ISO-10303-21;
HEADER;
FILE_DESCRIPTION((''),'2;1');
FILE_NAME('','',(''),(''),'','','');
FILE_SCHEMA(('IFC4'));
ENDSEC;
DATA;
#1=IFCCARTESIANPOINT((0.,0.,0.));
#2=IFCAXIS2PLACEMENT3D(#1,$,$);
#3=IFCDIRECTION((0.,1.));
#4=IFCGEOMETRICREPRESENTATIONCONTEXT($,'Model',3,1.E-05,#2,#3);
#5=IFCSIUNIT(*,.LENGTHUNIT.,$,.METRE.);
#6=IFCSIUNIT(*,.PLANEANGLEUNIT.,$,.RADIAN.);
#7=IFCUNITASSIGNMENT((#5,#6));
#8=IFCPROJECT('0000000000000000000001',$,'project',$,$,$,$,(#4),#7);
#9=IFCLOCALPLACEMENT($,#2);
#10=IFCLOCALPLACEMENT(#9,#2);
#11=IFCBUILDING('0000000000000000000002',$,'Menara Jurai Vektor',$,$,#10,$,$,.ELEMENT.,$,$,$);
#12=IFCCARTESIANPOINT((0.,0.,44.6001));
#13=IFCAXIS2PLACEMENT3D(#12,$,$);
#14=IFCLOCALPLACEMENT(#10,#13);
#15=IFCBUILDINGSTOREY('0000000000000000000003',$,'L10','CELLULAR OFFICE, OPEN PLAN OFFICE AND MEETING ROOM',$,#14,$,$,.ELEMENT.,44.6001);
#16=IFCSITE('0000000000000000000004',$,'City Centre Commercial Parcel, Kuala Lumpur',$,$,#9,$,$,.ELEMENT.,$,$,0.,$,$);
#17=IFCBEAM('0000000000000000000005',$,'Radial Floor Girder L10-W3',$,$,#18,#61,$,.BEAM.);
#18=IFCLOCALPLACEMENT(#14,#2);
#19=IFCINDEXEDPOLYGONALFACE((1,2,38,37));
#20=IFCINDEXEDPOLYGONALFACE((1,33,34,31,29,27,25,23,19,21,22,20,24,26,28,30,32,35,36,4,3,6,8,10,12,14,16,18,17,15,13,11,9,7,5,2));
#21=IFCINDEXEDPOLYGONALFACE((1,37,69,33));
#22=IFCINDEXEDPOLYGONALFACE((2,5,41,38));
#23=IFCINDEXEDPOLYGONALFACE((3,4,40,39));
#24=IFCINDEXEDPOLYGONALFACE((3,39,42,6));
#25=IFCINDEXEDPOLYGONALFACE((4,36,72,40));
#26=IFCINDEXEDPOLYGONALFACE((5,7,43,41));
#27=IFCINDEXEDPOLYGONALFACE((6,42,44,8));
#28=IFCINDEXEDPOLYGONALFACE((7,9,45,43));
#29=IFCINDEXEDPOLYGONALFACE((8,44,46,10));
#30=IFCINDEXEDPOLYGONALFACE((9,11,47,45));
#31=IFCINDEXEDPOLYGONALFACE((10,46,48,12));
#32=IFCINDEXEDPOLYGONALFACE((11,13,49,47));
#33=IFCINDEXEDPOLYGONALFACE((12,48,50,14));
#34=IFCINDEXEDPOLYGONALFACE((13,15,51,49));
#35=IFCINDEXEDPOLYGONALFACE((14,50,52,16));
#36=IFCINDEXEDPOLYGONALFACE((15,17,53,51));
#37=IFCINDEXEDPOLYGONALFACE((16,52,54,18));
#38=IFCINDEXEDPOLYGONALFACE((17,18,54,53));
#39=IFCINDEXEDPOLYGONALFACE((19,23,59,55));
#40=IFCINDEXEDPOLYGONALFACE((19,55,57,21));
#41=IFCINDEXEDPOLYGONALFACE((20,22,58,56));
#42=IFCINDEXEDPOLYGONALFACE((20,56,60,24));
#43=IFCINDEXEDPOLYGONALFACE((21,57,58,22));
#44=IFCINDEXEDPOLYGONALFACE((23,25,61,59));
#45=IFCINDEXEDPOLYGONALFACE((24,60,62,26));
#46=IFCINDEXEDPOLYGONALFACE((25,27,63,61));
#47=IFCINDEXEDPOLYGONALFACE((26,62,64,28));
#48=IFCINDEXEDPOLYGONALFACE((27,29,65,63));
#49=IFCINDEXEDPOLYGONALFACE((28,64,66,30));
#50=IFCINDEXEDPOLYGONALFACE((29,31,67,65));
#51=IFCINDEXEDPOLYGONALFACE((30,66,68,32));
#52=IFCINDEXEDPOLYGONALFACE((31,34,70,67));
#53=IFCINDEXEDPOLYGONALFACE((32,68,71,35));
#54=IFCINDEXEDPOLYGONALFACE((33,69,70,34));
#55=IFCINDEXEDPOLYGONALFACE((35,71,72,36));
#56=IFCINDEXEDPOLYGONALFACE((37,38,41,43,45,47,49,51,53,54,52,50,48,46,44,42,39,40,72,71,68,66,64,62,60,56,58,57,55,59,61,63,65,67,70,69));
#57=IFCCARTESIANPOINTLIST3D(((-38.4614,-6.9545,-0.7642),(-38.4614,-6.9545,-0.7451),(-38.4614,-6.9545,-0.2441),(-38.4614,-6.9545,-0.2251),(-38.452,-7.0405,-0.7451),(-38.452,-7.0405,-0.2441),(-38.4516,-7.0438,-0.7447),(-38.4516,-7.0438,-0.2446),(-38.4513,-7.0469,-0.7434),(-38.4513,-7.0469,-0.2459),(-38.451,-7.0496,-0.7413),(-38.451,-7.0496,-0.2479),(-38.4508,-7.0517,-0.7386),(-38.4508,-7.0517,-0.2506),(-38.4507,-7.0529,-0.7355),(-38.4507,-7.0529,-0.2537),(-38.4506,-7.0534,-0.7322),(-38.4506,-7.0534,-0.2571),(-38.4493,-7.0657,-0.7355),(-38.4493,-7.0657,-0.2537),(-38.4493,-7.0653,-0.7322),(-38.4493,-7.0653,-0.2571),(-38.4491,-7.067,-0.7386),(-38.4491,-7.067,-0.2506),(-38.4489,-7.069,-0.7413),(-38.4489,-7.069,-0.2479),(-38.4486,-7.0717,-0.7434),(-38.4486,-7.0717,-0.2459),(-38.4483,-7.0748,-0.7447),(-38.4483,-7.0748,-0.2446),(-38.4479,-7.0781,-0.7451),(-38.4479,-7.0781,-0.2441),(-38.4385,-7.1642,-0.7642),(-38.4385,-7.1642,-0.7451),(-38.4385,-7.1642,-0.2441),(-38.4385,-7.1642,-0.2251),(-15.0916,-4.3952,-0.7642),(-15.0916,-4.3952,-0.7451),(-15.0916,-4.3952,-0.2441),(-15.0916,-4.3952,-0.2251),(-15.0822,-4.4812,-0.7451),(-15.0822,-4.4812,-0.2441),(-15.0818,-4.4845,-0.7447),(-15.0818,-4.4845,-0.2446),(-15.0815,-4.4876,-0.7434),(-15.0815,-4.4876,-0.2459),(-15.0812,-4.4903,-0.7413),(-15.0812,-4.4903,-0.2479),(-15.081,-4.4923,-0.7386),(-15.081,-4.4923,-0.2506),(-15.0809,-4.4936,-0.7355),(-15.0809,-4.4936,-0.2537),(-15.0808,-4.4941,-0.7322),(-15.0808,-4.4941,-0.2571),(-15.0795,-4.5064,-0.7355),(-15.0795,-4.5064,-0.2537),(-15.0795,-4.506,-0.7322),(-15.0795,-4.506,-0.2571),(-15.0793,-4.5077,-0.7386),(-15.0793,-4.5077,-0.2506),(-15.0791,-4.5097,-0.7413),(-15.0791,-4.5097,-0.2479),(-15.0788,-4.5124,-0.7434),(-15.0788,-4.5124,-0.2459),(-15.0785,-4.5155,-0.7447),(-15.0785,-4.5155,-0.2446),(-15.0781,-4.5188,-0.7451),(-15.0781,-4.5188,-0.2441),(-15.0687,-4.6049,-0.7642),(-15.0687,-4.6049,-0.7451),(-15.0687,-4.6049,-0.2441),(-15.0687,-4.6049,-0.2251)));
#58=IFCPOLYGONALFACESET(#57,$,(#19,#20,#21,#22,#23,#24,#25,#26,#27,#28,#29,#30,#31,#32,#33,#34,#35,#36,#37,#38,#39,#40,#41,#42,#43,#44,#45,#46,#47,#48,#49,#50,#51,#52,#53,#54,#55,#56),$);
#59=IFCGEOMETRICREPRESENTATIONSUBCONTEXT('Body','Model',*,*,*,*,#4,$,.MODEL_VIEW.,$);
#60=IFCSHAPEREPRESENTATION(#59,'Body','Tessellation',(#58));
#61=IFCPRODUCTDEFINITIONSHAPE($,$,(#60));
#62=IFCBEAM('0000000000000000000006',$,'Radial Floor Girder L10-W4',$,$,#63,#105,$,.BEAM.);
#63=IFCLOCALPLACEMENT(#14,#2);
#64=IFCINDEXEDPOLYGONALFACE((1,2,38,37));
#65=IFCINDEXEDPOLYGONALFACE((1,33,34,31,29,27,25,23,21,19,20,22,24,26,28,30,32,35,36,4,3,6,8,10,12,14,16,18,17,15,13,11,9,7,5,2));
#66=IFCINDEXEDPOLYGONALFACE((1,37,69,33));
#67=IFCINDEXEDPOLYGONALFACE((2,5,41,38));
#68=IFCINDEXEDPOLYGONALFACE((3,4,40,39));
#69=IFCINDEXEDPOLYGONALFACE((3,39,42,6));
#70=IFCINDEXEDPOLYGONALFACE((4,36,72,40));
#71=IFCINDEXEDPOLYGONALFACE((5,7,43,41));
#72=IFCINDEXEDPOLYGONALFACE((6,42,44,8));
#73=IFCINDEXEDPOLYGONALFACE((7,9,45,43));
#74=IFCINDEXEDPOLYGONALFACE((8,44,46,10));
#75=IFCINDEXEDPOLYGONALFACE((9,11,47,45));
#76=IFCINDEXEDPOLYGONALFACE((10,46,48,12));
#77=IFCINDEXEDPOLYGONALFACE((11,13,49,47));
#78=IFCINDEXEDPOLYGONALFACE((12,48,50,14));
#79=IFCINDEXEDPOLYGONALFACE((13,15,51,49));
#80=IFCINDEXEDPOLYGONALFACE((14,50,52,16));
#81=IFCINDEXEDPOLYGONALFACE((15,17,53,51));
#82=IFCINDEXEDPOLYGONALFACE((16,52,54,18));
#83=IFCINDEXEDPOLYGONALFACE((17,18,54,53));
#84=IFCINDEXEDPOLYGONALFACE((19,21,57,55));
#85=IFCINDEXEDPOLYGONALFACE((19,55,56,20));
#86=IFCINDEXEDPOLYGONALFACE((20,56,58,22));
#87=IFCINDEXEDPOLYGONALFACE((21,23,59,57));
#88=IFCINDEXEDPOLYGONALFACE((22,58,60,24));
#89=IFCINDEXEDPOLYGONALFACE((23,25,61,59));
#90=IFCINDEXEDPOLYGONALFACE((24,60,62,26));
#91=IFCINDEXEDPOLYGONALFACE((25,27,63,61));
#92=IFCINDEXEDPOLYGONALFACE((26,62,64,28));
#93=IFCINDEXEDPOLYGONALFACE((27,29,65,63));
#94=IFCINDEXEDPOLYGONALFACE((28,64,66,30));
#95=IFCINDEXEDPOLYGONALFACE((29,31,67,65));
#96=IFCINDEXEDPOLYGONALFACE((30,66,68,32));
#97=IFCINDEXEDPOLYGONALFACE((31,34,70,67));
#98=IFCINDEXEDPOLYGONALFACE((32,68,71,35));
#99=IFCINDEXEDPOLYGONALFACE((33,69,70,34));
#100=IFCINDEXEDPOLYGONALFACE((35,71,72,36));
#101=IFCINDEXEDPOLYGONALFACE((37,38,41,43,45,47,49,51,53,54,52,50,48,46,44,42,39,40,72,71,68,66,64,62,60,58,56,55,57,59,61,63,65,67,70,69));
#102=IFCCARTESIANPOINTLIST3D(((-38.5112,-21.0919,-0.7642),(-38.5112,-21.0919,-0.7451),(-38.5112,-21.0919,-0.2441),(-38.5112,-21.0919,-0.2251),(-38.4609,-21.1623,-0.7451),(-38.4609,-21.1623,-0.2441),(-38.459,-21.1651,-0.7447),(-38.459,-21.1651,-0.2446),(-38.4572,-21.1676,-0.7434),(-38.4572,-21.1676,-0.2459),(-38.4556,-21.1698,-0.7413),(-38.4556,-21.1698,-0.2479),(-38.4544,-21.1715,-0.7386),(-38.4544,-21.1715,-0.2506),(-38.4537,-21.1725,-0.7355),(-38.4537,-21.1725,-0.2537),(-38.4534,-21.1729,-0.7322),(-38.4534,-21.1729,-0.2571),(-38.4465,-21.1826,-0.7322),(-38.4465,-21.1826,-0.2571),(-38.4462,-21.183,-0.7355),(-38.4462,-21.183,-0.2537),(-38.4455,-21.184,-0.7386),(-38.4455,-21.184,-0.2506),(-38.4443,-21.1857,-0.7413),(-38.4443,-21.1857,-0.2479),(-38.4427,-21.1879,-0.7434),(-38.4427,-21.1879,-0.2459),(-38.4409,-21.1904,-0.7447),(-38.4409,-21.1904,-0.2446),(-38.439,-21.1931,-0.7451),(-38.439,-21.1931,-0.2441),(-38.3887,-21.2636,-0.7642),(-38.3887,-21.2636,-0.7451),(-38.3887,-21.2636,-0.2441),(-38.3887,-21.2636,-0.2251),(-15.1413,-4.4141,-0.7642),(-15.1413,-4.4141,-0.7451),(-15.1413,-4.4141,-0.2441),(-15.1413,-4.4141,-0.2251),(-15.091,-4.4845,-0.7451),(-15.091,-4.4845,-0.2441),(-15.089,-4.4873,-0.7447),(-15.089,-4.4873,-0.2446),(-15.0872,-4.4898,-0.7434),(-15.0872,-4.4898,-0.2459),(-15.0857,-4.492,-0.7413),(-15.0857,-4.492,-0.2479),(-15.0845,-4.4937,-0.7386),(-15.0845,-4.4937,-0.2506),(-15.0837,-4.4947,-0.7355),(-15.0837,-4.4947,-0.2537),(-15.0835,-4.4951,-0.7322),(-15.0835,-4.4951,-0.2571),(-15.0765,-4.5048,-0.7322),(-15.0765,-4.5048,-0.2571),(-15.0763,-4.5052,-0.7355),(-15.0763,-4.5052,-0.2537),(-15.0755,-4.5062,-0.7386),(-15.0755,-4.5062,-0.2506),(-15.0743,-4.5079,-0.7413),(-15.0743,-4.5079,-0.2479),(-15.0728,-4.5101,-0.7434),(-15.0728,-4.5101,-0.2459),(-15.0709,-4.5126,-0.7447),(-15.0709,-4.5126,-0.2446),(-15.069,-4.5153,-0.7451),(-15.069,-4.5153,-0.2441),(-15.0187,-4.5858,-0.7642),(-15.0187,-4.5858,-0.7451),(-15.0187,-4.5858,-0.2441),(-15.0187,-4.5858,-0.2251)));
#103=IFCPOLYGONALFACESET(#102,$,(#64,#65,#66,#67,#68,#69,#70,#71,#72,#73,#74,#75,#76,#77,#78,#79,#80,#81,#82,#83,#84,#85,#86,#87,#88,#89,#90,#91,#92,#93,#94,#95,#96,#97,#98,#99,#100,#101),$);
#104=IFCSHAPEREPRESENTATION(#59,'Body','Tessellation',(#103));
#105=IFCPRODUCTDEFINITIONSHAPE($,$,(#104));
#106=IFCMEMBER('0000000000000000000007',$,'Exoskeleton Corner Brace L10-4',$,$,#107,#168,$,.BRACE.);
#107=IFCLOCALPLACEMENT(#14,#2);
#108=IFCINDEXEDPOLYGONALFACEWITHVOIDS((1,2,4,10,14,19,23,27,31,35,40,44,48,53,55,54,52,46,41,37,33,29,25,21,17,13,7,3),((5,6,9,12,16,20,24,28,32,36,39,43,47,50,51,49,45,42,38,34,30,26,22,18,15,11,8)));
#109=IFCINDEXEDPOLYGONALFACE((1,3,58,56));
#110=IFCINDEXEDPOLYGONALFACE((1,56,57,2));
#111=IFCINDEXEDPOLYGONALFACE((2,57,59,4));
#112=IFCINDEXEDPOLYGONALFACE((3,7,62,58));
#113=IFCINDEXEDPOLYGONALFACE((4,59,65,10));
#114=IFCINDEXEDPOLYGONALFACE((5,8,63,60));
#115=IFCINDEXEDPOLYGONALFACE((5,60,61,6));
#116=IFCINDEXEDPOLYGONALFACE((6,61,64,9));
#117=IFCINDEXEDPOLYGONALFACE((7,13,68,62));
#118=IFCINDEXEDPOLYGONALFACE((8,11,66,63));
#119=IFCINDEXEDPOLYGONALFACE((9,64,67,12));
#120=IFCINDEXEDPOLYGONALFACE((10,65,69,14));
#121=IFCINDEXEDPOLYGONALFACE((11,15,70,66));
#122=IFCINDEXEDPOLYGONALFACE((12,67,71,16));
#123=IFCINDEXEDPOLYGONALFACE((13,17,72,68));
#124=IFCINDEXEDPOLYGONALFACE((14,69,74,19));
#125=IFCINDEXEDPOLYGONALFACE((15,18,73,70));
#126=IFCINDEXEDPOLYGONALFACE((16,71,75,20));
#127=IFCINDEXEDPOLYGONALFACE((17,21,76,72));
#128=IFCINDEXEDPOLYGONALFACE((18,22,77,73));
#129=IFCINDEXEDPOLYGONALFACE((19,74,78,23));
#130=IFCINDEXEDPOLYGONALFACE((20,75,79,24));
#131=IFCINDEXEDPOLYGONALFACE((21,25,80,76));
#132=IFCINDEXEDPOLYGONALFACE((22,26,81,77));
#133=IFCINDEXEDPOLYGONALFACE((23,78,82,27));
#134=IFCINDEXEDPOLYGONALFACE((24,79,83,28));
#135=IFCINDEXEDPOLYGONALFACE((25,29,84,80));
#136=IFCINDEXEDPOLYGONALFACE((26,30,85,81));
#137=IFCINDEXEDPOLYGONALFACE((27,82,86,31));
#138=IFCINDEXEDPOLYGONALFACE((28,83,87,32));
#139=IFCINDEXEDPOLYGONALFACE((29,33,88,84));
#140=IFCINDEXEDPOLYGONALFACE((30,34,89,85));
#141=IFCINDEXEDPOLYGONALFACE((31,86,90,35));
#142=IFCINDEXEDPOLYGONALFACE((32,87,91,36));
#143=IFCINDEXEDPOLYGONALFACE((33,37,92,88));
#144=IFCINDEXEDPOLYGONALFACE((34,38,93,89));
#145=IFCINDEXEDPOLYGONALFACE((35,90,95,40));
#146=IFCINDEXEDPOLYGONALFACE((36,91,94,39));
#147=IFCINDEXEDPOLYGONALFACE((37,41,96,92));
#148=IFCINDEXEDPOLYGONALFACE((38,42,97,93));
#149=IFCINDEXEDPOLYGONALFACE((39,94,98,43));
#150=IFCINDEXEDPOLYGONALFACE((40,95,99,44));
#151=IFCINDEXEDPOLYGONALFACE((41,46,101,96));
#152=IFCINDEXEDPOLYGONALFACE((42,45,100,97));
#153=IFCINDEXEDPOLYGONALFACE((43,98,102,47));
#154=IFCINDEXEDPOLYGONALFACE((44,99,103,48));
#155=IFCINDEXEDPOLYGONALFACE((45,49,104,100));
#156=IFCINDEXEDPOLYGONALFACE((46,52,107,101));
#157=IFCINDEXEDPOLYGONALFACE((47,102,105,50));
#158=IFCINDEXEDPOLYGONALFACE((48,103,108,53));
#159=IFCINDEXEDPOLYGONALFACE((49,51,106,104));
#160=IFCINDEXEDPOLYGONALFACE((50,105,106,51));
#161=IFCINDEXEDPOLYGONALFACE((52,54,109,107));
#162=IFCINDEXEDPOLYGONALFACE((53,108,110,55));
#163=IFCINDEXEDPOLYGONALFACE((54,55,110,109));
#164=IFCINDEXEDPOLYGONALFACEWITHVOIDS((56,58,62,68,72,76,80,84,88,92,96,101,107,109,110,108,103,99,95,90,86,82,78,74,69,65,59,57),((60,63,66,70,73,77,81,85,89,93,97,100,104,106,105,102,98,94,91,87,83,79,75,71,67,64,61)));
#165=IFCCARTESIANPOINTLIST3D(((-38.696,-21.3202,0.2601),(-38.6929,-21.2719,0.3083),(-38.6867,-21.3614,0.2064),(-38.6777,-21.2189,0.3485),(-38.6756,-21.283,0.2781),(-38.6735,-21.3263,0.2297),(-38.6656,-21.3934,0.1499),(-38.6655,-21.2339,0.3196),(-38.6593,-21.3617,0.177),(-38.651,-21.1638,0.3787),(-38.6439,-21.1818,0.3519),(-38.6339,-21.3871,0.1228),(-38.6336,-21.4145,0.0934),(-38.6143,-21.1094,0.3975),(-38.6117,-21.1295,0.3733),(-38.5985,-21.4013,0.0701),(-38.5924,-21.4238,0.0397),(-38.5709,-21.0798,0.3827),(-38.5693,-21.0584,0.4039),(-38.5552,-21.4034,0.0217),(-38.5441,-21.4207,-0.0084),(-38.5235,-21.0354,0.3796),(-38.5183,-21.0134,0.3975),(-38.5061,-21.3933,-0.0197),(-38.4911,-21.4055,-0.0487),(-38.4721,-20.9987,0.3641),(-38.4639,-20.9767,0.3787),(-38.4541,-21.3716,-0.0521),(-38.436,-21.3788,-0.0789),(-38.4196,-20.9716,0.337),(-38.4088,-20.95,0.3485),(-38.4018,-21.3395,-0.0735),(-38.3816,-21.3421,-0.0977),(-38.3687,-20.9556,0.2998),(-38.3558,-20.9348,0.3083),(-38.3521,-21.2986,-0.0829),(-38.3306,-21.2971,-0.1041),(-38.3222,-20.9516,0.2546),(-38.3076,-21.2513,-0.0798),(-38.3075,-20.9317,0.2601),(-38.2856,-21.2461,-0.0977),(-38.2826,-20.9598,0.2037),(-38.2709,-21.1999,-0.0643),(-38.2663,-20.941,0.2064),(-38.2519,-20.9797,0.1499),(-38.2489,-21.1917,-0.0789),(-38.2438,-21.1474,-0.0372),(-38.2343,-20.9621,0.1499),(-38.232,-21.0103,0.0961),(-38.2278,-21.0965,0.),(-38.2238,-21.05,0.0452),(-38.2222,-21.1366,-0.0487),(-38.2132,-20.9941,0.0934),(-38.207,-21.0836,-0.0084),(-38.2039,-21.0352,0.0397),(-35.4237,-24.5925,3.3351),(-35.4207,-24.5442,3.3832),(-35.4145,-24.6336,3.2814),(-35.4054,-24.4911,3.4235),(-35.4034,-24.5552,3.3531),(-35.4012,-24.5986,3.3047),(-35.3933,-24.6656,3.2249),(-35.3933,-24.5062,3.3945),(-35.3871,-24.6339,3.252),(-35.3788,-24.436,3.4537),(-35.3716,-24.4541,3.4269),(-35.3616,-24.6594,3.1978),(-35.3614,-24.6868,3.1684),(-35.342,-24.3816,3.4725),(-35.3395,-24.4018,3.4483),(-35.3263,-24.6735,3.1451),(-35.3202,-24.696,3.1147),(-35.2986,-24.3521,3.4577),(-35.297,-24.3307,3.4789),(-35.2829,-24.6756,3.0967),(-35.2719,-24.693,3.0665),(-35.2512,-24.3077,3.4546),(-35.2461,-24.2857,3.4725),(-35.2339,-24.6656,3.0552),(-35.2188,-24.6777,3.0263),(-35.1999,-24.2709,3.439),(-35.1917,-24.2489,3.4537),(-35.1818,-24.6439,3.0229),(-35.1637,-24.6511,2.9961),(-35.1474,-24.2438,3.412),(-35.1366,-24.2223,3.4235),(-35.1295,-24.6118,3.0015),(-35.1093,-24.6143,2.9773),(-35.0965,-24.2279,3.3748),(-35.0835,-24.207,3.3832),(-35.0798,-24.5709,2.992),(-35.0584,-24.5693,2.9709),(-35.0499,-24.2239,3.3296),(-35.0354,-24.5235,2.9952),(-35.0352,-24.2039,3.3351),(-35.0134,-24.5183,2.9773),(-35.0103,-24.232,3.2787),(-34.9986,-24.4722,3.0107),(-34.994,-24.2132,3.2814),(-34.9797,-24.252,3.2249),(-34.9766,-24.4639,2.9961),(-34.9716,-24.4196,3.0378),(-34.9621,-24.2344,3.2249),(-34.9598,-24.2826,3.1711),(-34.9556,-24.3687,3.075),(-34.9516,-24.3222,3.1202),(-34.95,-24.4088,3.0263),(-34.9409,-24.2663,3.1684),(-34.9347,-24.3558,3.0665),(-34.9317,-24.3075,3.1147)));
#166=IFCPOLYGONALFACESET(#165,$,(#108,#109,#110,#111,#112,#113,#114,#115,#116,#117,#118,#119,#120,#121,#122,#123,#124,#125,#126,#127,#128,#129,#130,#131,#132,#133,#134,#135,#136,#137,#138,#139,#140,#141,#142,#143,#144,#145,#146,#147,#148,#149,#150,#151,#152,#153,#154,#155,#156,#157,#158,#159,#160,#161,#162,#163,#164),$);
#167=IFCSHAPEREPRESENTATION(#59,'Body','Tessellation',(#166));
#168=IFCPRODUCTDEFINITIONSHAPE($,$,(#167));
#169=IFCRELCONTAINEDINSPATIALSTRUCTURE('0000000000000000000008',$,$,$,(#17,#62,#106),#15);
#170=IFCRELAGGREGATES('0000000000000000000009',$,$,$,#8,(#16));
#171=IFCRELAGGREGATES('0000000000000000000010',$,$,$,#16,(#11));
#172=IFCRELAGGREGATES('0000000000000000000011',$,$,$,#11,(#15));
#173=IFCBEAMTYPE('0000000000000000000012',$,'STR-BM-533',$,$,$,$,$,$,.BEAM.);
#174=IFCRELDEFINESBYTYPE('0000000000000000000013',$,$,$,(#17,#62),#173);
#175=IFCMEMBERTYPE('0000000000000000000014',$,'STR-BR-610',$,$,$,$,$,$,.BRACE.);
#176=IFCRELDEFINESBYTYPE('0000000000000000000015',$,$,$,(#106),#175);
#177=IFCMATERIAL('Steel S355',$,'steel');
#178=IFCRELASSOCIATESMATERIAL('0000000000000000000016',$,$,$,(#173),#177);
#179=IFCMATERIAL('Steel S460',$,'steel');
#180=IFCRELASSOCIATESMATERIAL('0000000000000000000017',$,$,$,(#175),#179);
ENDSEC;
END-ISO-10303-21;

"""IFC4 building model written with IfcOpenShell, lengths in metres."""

from ifc_helpers import new_model, si_unit, direction, frame, origin, origin_2d, place, context, subcontext, project, spatial, hollow_circle, i_section, extrude, material, material_profile, profile_set, type_object, element, save


model = new_model("IFC4")

# Units and contexts
model_context = context("Model", 3, precision=1e-05, world=origin(), true_north=direction((0.0, 1.0)))
body_context = subcontext(model_context, "Body", "Model", "MODEL_VIEW")
ifc_project = project(units=[si_unit("LENGTHUNIT", "METRE"), si_unit("PLANEANGLEUNIT", "RADIAN")], contexts=[model_context])

# Site, building, storey
site_placement = place(None, origin())
site = spatial("IfcSite", under=ifc_project, at=site_placement, Name="City Centre Commercial Parcel, Kuala Lumpur", CompositionType="ELEMENT", RefElevation=0.0)
building_placement = place(site_placement, origin())
building = spatial("IfcBuilding", under=site, at=building_placement, Name="Menara Jurai Vektor", CompositionType="ELEMENT")
storey_placement = place(building_placement, frame((0.0, 0.0, 44.6001)))
storey = spatial("IfcBuildingStorey", under=building, at=storey_placement, Name="L10", Description="CELLULAR OFFICE, OPEN PLAN OFFICE AND MEETING ROOM", CompositionType="ELEMENT", Elevation=44.6001)

# Shared definitions
ifc_material_1 = material(Name="Steel S460", Category="steel")

# Beams
ifc_material_2 = material(Name="Steel S355", Category="steel")
ifc_material_profile_1 = material_profile(ifc_material_2, i_section(OverallWidth=0.2109, OverallDepth=0.5391, WebThickness=0.012, FlangeThickness=0.019, FilletRadius=0.0129, at=origin_2d()), Name="UKB 533x210x109")
ifc_profile_set_1 = profile_set([ifc_material_profile_1], Name="Steel S355")
beam_type_1 = type_object("IfcBeamType", Name="STR-BM-533", PredefinedType="BEAM", material=ifc_profile_set_1)
beam_1_placement = place(storey_placement, frame((-38.45, -7.0593, -0.4946), z_axis=(0.994057, 0.108863, 0.0), x_axis=(-0.108863, 0.994057, 0.0)))
element("IfcBeam", 1, at=beam_1_placement, inside=storey, type_object=beam_type_1, Name="Radial Floor Girder L10-W3", PredefinedType="BEAM", context=body_context, shape_type="SweptSolid", body=[
    extrude(i_section(OverallWidth=0.2109, OverallDepth=0.5391, WebThickness=0.012, FlangeThickness=0.019, FilletRadius=0.0129, at=origin_2d()), origin(), (0.0, 0.0, 1.0), 23.5095),
])
beam_2_placement = place(storey_placement, frame((-38.45, -21.1777, -0.4946), z_axis=(0.813981, 0.580891, 0.0), x_axis=(-0.580891, 0.813981, 0.0)))
element("IfcBeam", 2, at=beam_2_placement, inside=storey, type_object=beam_type_1, Name="Radial Floor Girder L10-W4", PredefinedType="BEAM", context=body_context, shape_type="SweptSolid", body=[
    extrude(i_section(OverallWidth=0.2109, OverallDepth=0.5391, WebThickness=0.012, FlangeThickness=0.019, FilletRadius=0.0129, at=origin_2d()), origin(), (0.0, 0.0, 1.0), 28.7107),
])

# Member
ifc_material_profile_2 = material_profile(ifc_material_1, hollow_circle(Radius=0.3049, WallThickness=0.0249, at=origin_2d()), Name="CHS 610x25")
ifc_profile_set_2 = profile_set([ifc_material_profile_2], Name="Steel S460")
member_type_1 = type_object("IfcMemberType", Name="STR-BR-610", PredefinedType="BRACE", material=ifc_profile_set_2)
member_1_placement = place(storey_placement, frame((-38.45, -21.1777, 0.1499), z_axis=(0.588942, -0.588942, 0.553438), x_axis=(0.707107, 0.707107, 0.0)))
element("IfcMember", 3, at=member_1_placement, inside=storey, type_object=member_type_1, Name="Exoskeleton Corner Brace L10-4", PredefinedType="BRACE", context=body_context, shape_type="SweptSolid", body=[
    extrude(hollow_circle(Radius=0.3049, WallThickness=0.0249, at=origin_2d()), origin(), (0.0, 0.0, 1.0), 5.5562),
])

save(model, "model.ifc")
